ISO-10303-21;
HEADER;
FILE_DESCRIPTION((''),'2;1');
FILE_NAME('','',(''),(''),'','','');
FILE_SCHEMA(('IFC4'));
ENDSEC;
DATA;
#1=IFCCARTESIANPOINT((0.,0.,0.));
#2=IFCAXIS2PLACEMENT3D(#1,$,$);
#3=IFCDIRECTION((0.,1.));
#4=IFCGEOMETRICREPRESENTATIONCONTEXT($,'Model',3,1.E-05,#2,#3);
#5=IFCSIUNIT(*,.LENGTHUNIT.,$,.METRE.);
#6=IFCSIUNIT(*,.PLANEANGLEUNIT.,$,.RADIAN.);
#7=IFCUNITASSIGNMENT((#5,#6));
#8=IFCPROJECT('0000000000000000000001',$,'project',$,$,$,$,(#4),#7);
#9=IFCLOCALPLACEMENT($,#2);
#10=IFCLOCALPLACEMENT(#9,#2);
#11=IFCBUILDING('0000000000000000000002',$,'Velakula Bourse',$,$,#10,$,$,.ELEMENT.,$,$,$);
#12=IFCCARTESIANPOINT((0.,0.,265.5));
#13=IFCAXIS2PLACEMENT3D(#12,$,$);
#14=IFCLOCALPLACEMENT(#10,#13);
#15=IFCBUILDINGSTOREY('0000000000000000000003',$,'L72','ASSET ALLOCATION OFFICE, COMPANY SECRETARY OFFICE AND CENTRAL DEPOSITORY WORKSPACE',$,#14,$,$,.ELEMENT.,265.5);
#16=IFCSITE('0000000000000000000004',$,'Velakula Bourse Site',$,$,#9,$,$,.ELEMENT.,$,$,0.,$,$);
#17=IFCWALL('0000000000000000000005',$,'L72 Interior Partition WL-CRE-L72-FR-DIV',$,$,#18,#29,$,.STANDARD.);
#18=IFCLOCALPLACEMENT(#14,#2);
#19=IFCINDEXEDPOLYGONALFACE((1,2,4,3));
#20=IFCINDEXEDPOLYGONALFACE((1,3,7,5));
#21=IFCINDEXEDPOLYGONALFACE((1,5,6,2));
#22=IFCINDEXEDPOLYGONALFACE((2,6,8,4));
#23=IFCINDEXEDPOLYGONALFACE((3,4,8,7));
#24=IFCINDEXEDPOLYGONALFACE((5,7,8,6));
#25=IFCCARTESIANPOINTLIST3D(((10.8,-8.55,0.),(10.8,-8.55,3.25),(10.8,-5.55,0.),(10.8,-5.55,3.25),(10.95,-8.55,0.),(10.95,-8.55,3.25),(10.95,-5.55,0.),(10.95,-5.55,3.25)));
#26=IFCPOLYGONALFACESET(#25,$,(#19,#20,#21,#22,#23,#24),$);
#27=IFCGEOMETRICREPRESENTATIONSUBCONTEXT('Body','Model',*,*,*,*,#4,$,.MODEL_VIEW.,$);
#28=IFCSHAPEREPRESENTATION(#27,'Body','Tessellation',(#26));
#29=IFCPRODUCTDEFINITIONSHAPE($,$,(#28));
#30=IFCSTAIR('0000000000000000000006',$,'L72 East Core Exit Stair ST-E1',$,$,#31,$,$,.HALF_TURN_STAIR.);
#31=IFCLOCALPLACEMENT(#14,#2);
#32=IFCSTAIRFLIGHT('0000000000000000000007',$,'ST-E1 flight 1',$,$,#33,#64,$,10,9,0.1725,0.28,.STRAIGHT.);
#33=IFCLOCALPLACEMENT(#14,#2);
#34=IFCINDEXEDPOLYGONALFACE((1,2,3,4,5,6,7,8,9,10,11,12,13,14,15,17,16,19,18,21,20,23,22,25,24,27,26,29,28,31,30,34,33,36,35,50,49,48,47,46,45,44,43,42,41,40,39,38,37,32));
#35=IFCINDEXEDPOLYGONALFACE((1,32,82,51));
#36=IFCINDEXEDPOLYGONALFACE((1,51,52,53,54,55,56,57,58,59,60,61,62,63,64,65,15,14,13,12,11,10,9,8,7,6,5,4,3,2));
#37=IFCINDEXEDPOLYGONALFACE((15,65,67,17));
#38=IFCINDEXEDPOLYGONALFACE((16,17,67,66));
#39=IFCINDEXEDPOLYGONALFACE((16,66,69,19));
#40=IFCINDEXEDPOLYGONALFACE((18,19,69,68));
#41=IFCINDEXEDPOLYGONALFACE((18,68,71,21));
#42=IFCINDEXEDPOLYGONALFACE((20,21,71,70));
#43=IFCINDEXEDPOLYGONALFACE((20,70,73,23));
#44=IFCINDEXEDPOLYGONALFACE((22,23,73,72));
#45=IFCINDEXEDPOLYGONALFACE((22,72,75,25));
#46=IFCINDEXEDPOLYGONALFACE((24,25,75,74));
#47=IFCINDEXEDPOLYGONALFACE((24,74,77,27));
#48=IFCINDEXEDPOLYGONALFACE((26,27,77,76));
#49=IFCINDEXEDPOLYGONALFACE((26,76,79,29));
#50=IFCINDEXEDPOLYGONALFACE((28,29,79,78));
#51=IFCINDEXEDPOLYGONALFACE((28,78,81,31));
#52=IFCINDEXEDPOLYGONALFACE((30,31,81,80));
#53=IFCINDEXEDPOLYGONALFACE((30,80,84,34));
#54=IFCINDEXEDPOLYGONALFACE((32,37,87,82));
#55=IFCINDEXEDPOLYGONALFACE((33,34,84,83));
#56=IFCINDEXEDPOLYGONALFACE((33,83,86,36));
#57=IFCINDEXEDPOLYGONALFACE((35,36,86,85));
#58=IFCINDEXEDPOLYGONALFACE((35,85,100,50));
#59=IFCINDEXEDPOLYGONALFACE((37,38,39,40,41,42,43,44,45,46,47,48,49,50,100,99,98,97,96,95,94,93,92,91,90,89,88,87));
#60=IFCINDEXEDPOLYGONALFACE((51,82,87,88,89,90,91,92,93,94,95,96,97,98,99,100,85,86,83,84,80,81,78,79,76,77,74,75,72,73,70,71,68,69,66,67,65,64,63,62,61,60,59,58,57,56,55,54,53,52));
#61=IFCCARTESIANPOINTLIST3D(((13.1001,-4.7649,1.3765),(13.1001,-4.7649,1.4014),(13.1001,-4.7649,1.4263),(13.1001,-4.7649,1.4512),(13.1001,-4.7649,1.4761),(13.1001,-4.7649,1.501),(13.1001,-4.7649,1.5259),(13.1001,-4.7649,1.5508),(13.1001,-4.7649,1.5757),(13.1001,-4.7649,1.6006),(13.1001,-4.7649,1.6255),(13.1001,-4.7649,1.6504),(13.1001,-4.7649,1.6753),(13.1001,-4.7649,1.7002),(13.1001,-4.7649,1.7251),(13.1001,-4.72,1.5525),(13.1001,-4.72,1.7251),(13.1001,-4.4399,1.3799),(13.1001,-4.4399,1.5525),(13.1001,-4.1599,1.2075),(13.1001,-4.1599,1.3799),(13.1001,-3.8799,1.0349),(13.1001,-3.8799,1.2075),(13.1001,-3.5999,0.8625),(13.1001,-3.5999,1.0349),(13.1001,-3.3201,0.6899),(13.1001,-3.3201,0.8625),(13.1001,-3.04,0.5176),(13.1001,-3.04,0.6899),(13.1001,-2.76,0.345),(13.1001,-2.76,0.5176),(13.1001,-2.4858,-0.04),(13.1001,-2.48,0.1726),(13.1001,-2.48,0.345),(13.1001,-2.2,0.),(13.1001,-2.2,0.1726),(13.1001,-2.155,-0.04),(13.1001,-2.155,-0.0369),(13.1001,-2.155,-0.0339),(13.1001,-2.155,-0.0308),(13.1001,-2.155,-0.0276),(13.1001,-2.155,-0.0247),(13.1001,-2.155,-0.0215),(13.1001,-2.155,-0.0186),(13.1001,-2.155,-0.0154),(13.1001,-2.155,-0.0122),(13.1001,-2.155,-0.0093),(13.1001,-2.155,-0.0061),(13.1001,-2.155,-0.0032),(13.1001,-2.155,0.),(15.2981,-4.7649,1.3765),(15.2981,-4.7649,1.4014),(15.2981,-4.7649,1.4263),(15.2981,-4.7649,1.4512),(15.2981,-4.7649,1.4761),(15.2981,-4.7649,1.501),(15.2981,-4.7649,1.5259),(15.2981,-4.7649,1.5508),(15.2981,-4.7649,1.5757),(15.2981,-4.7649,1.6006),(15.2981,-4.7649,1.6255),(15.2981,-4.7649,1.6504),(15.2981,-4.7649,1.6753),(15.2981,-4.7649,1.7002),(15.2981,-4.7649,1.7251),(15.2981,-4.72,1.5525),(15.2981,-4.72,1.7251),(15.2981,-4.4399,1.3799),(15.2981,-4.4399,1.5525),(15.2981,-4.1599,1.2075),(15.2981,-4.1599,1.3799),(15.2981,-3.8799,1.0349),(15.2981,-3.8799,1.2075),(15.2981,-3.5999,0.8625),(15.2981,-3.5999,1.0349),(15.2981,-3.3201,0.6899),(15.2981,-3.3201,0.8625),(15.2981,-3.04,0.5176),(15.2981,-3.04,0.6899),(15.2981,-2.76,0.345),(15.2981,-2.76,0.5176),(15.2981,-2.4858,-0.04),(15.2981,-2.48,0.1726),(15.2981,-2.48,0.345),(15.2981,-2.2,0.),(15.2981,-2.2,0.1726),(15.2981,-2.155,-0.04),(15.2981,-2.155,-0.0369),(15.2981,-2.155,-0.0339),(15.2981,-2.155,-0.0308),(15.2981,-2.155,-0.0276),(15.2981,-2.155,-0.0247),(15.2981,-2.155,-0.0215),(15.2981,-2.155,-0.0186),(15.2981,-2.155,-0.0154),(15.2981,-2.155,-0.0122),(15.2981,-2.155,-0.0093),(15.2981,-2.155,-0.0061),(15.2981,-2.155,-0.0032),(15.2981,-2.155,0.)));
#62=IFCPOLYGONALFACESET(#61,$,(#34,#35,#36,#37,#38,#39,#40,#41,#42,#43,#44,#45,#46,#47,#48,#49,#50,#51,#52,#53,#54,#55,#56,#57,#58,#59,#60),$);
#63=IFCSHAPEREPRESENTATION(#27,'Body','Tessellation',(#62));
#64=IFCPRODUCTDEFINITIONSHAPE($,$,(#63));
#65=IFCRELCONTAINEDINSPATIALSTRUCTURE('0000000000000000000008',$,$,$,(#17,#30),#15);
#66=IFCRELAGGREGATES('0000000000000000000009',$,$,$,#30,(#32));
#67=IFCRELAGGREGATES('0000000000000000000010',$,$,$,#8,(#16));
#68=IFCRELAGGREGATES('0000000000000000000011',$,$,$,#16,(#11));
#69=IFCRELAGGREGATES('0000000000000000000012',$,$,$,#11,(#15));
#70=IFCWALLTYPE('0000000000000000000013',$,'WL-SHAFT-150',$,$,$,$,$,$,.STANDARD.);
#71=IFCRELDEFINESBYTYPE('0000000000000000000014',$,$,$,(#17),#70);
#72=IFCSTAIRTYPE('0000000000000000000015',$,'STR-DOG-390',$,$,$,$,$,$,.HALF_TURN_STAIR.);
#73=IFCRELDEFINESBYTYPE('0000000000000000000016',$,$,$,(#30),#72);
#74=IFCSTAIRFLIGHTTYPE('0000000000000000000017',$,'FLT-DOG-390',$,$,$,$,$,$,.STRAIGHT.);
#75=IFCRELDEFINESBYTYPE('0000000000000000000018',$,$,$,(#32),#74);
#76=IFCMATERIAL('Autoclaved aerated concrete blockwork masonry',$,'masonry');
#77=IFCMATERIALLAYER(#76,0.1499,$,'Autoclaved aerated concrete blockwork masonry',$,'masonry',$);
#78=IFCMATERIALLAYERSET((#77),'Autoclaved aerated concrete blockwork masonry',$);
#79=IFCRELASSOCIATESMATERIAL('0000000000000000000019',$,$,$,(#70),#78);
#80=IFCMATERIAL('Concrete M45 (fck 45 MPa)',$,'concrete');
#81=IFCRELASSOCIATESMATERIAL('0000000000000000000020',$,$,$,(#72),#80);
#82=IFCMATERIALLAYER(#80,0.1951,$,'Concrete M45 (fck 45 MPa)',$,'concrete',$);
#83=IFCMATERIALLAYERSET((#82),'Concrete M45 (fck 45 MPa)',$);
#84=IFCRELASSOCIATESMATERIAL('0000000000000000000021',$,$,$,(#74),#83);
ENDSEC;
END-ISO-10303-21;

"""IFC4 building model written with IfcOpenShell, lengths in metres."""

from ifc_helpers import new_model, si_unit, direction, frame, frame_2d, origin, place, context, subcontext, project, spatial, polyline, rectangle, outline, extrude, material, layer, layer_set, type_object, element, aggregate, save


model = new_model("IFC4")

# Units and contexts
model_context = context("Model", 3, precision=1e-05, world=origin(), true_north=direction((0.0, 1.0)))
body_context = subcontext(model_context, "Body", "Model", "MODEL_VIEW")
ifc_project = project(units=[si_unit("LENGTHUNIT", "METRE"), si_unit("PLANEANGLEUNIT", "RADIAN")], contexts=[model_context])

# Site, building, storey
site_placement = place(None, origin())
site = spatial("IfcSite", under=ifc_project, at=site_placement, Name="Velakula Bourse Site", CompositionType="ELEMENT", RefElevation=0.0)
building_placement = place(site_placement, origin())
building = spatial("IfcBuilding", under=site, at=building_placement, Name="Velakula Bourse", CompositionType="ELEMENT")
storey_placement = place(building_placement, frame((0.0, 0.0, 265.5)))
storey = spatial("IfcBuildingStorey", under=building, at=storey_placement, Name="L72", Description="ASSET ALLOCATION OFFICE, COMPANY SECRETARY OFFICE AND CENTRAL DEPOSITORY WORKSPACE", CompositionType="ELEMENT", Elevation=265.5)

# Shared definitions
ifc_material_1 = material(Name="Autoclaved aerated concrete blockwork masonry", Category="masonry")
ifc_layer_1 = layer(ifc_material_1, 0.1499, Name="Autoclaved aerated concrete blockwork masonry", Category="masonry")
ifc_layer_set_1 = layer_set([ifc_layer_1], Name="Autoclaved aerated concrete blockwork masonry")
wall_type_1 = type_object("IfcWallType", Name="WL-SHAFT-150", PredefinedType="STANDARD", material=ifc_layer_set_1)

# Wall
wall_1_placement = place(storey_placement, frame((10.875, -8.55, 0.0), z_axis=(0.0, 0.0, 1.0), x_axis=(0.0, 1.0, 0.0)))
element("IfcWall", 1, at=wall_1_placement, inside=storey, type_object=wall_type_1, Name="L72 Interior Partition WL-CRE-L72-FR-DIV", PredefinedType="STANDARD", context=body_context, shape_type="SweptSolid", body=[
    extrude(rectangle(XDim=3.0, YDim=0.1499, at=frame_2d((1.5, 0.0))), origin(), (0.0, 0.0, 1.0), 3.25),
])

# Stair, stair flight
ifc_material_2 = material(Name="Concrete M45 (fck 45 MPa)", Category="concrete")
stair_type = type_object("IfcStairType", Name="STR-DOG-390", PredefinedType="HALF_TURN_STAIR", material=ifc_material_2)
stair_placement = place(storey_placement, origin())
stair = element("IfcStair", 2, at=stair_placement, inside=storey, type_object=stair_type, Name="L72 East Core Exit Stair ST-E1", PredefinedType="HALF_TURN_STAIR")
ifc_layer_2 = layer(ifc_material_2, 0.1951, Name="Concrete M45 (fck 45 MPa)", Category="concrete")
ifc_layer_set_2 = layer_set([ifc_layer_2], Name="Concrete M45 (fck 45 MPa)")
stair_flight_type = type_object("IfcStairFlightType", Name="FLT-DOG-390", PredefinedType="STRAIGHT", material=ifc_layer_set_2)
stair_flight_placement = place(storey_placement, frame((14.199, -2.2, 0.0), z_axis=(0.0, 0.0, 1.0), x_axis=(0.0, -1.0, 0.0)))
stair_flight = element("IfcStairFlight", 3, at=stair_flight_placement, type_object=stair_flight_type, Name="ST-E1 flight 1", NumberOfRisers=10, NumberOfTreads=9, PredefinedType="STRAIGHT", RiserHeight=0.1725, TreadLength=0.28, context=body_context, shape_type="SweptSolid", body=[
    extrude(outline(polyline([(-0.0449, -0.04), (-0.0449, -0.0369), (-0.0449, -0.0339), (-0.0449, -0.0308), (-0.0449, -0.0276), (-0.0449, -0.0247), (-0.0449, -0.0215), (-0.0449, -0.0186), (-0.0449, -0.0154), (-0.0449, -0.0122), (-0.0449, -0.0093), (-0.0449, -0.0061), (-0.0449, -0.0032), (-0.0449, 0.0), (0.0, 0.0), (0.0, 0.1726), (0.28, 0.1726), (0.28, 0.345), (0.5601, 0.345), (0.5601, 0.5176), (0.8401, 0.5176), (0.8401, 0.6899), (1.1201, 0.6899), (1.1201, 0.8625), (1.3999, 0.8625), (1.3999, 1.0349), (1.6799, 1.0349), (1.6799, 1.2075), (1.96, 1.2075), (1.96, 1.3799), (2.24, 1.3799), (2.24, 1.5525), (2.52, 1.5525), (2.52, 1.7251), (2.5649, 1.7251), (2.5649, 1.7002), (2.5649, 1.6753), (2.5649, 1.6504), (2.5649, 1.6255), (2.5649, 1.6006), (2.5649, 1.5757), (2.5649, 1.5508), (2.5649, 1.5259), (2.5649, 1.501), (2.5649, 1.4761), (2.5649, 1.4512), (2.5649, 1.4263), (2.5649, 1.4014), (2.5649, 1.3765), (0.2859, -0.04), (-0.0449, -0.04)])), frame((0.0, 1.0991, 0.0), z_axis=(0.0, -1.0, 0.0), x_axis=(1.0, 0.0, 0.0)), (0.0, 0.0, 1.0), 2.198),
])
aggregate(stair, [stair_flight])

save(model, "model.ifc")
